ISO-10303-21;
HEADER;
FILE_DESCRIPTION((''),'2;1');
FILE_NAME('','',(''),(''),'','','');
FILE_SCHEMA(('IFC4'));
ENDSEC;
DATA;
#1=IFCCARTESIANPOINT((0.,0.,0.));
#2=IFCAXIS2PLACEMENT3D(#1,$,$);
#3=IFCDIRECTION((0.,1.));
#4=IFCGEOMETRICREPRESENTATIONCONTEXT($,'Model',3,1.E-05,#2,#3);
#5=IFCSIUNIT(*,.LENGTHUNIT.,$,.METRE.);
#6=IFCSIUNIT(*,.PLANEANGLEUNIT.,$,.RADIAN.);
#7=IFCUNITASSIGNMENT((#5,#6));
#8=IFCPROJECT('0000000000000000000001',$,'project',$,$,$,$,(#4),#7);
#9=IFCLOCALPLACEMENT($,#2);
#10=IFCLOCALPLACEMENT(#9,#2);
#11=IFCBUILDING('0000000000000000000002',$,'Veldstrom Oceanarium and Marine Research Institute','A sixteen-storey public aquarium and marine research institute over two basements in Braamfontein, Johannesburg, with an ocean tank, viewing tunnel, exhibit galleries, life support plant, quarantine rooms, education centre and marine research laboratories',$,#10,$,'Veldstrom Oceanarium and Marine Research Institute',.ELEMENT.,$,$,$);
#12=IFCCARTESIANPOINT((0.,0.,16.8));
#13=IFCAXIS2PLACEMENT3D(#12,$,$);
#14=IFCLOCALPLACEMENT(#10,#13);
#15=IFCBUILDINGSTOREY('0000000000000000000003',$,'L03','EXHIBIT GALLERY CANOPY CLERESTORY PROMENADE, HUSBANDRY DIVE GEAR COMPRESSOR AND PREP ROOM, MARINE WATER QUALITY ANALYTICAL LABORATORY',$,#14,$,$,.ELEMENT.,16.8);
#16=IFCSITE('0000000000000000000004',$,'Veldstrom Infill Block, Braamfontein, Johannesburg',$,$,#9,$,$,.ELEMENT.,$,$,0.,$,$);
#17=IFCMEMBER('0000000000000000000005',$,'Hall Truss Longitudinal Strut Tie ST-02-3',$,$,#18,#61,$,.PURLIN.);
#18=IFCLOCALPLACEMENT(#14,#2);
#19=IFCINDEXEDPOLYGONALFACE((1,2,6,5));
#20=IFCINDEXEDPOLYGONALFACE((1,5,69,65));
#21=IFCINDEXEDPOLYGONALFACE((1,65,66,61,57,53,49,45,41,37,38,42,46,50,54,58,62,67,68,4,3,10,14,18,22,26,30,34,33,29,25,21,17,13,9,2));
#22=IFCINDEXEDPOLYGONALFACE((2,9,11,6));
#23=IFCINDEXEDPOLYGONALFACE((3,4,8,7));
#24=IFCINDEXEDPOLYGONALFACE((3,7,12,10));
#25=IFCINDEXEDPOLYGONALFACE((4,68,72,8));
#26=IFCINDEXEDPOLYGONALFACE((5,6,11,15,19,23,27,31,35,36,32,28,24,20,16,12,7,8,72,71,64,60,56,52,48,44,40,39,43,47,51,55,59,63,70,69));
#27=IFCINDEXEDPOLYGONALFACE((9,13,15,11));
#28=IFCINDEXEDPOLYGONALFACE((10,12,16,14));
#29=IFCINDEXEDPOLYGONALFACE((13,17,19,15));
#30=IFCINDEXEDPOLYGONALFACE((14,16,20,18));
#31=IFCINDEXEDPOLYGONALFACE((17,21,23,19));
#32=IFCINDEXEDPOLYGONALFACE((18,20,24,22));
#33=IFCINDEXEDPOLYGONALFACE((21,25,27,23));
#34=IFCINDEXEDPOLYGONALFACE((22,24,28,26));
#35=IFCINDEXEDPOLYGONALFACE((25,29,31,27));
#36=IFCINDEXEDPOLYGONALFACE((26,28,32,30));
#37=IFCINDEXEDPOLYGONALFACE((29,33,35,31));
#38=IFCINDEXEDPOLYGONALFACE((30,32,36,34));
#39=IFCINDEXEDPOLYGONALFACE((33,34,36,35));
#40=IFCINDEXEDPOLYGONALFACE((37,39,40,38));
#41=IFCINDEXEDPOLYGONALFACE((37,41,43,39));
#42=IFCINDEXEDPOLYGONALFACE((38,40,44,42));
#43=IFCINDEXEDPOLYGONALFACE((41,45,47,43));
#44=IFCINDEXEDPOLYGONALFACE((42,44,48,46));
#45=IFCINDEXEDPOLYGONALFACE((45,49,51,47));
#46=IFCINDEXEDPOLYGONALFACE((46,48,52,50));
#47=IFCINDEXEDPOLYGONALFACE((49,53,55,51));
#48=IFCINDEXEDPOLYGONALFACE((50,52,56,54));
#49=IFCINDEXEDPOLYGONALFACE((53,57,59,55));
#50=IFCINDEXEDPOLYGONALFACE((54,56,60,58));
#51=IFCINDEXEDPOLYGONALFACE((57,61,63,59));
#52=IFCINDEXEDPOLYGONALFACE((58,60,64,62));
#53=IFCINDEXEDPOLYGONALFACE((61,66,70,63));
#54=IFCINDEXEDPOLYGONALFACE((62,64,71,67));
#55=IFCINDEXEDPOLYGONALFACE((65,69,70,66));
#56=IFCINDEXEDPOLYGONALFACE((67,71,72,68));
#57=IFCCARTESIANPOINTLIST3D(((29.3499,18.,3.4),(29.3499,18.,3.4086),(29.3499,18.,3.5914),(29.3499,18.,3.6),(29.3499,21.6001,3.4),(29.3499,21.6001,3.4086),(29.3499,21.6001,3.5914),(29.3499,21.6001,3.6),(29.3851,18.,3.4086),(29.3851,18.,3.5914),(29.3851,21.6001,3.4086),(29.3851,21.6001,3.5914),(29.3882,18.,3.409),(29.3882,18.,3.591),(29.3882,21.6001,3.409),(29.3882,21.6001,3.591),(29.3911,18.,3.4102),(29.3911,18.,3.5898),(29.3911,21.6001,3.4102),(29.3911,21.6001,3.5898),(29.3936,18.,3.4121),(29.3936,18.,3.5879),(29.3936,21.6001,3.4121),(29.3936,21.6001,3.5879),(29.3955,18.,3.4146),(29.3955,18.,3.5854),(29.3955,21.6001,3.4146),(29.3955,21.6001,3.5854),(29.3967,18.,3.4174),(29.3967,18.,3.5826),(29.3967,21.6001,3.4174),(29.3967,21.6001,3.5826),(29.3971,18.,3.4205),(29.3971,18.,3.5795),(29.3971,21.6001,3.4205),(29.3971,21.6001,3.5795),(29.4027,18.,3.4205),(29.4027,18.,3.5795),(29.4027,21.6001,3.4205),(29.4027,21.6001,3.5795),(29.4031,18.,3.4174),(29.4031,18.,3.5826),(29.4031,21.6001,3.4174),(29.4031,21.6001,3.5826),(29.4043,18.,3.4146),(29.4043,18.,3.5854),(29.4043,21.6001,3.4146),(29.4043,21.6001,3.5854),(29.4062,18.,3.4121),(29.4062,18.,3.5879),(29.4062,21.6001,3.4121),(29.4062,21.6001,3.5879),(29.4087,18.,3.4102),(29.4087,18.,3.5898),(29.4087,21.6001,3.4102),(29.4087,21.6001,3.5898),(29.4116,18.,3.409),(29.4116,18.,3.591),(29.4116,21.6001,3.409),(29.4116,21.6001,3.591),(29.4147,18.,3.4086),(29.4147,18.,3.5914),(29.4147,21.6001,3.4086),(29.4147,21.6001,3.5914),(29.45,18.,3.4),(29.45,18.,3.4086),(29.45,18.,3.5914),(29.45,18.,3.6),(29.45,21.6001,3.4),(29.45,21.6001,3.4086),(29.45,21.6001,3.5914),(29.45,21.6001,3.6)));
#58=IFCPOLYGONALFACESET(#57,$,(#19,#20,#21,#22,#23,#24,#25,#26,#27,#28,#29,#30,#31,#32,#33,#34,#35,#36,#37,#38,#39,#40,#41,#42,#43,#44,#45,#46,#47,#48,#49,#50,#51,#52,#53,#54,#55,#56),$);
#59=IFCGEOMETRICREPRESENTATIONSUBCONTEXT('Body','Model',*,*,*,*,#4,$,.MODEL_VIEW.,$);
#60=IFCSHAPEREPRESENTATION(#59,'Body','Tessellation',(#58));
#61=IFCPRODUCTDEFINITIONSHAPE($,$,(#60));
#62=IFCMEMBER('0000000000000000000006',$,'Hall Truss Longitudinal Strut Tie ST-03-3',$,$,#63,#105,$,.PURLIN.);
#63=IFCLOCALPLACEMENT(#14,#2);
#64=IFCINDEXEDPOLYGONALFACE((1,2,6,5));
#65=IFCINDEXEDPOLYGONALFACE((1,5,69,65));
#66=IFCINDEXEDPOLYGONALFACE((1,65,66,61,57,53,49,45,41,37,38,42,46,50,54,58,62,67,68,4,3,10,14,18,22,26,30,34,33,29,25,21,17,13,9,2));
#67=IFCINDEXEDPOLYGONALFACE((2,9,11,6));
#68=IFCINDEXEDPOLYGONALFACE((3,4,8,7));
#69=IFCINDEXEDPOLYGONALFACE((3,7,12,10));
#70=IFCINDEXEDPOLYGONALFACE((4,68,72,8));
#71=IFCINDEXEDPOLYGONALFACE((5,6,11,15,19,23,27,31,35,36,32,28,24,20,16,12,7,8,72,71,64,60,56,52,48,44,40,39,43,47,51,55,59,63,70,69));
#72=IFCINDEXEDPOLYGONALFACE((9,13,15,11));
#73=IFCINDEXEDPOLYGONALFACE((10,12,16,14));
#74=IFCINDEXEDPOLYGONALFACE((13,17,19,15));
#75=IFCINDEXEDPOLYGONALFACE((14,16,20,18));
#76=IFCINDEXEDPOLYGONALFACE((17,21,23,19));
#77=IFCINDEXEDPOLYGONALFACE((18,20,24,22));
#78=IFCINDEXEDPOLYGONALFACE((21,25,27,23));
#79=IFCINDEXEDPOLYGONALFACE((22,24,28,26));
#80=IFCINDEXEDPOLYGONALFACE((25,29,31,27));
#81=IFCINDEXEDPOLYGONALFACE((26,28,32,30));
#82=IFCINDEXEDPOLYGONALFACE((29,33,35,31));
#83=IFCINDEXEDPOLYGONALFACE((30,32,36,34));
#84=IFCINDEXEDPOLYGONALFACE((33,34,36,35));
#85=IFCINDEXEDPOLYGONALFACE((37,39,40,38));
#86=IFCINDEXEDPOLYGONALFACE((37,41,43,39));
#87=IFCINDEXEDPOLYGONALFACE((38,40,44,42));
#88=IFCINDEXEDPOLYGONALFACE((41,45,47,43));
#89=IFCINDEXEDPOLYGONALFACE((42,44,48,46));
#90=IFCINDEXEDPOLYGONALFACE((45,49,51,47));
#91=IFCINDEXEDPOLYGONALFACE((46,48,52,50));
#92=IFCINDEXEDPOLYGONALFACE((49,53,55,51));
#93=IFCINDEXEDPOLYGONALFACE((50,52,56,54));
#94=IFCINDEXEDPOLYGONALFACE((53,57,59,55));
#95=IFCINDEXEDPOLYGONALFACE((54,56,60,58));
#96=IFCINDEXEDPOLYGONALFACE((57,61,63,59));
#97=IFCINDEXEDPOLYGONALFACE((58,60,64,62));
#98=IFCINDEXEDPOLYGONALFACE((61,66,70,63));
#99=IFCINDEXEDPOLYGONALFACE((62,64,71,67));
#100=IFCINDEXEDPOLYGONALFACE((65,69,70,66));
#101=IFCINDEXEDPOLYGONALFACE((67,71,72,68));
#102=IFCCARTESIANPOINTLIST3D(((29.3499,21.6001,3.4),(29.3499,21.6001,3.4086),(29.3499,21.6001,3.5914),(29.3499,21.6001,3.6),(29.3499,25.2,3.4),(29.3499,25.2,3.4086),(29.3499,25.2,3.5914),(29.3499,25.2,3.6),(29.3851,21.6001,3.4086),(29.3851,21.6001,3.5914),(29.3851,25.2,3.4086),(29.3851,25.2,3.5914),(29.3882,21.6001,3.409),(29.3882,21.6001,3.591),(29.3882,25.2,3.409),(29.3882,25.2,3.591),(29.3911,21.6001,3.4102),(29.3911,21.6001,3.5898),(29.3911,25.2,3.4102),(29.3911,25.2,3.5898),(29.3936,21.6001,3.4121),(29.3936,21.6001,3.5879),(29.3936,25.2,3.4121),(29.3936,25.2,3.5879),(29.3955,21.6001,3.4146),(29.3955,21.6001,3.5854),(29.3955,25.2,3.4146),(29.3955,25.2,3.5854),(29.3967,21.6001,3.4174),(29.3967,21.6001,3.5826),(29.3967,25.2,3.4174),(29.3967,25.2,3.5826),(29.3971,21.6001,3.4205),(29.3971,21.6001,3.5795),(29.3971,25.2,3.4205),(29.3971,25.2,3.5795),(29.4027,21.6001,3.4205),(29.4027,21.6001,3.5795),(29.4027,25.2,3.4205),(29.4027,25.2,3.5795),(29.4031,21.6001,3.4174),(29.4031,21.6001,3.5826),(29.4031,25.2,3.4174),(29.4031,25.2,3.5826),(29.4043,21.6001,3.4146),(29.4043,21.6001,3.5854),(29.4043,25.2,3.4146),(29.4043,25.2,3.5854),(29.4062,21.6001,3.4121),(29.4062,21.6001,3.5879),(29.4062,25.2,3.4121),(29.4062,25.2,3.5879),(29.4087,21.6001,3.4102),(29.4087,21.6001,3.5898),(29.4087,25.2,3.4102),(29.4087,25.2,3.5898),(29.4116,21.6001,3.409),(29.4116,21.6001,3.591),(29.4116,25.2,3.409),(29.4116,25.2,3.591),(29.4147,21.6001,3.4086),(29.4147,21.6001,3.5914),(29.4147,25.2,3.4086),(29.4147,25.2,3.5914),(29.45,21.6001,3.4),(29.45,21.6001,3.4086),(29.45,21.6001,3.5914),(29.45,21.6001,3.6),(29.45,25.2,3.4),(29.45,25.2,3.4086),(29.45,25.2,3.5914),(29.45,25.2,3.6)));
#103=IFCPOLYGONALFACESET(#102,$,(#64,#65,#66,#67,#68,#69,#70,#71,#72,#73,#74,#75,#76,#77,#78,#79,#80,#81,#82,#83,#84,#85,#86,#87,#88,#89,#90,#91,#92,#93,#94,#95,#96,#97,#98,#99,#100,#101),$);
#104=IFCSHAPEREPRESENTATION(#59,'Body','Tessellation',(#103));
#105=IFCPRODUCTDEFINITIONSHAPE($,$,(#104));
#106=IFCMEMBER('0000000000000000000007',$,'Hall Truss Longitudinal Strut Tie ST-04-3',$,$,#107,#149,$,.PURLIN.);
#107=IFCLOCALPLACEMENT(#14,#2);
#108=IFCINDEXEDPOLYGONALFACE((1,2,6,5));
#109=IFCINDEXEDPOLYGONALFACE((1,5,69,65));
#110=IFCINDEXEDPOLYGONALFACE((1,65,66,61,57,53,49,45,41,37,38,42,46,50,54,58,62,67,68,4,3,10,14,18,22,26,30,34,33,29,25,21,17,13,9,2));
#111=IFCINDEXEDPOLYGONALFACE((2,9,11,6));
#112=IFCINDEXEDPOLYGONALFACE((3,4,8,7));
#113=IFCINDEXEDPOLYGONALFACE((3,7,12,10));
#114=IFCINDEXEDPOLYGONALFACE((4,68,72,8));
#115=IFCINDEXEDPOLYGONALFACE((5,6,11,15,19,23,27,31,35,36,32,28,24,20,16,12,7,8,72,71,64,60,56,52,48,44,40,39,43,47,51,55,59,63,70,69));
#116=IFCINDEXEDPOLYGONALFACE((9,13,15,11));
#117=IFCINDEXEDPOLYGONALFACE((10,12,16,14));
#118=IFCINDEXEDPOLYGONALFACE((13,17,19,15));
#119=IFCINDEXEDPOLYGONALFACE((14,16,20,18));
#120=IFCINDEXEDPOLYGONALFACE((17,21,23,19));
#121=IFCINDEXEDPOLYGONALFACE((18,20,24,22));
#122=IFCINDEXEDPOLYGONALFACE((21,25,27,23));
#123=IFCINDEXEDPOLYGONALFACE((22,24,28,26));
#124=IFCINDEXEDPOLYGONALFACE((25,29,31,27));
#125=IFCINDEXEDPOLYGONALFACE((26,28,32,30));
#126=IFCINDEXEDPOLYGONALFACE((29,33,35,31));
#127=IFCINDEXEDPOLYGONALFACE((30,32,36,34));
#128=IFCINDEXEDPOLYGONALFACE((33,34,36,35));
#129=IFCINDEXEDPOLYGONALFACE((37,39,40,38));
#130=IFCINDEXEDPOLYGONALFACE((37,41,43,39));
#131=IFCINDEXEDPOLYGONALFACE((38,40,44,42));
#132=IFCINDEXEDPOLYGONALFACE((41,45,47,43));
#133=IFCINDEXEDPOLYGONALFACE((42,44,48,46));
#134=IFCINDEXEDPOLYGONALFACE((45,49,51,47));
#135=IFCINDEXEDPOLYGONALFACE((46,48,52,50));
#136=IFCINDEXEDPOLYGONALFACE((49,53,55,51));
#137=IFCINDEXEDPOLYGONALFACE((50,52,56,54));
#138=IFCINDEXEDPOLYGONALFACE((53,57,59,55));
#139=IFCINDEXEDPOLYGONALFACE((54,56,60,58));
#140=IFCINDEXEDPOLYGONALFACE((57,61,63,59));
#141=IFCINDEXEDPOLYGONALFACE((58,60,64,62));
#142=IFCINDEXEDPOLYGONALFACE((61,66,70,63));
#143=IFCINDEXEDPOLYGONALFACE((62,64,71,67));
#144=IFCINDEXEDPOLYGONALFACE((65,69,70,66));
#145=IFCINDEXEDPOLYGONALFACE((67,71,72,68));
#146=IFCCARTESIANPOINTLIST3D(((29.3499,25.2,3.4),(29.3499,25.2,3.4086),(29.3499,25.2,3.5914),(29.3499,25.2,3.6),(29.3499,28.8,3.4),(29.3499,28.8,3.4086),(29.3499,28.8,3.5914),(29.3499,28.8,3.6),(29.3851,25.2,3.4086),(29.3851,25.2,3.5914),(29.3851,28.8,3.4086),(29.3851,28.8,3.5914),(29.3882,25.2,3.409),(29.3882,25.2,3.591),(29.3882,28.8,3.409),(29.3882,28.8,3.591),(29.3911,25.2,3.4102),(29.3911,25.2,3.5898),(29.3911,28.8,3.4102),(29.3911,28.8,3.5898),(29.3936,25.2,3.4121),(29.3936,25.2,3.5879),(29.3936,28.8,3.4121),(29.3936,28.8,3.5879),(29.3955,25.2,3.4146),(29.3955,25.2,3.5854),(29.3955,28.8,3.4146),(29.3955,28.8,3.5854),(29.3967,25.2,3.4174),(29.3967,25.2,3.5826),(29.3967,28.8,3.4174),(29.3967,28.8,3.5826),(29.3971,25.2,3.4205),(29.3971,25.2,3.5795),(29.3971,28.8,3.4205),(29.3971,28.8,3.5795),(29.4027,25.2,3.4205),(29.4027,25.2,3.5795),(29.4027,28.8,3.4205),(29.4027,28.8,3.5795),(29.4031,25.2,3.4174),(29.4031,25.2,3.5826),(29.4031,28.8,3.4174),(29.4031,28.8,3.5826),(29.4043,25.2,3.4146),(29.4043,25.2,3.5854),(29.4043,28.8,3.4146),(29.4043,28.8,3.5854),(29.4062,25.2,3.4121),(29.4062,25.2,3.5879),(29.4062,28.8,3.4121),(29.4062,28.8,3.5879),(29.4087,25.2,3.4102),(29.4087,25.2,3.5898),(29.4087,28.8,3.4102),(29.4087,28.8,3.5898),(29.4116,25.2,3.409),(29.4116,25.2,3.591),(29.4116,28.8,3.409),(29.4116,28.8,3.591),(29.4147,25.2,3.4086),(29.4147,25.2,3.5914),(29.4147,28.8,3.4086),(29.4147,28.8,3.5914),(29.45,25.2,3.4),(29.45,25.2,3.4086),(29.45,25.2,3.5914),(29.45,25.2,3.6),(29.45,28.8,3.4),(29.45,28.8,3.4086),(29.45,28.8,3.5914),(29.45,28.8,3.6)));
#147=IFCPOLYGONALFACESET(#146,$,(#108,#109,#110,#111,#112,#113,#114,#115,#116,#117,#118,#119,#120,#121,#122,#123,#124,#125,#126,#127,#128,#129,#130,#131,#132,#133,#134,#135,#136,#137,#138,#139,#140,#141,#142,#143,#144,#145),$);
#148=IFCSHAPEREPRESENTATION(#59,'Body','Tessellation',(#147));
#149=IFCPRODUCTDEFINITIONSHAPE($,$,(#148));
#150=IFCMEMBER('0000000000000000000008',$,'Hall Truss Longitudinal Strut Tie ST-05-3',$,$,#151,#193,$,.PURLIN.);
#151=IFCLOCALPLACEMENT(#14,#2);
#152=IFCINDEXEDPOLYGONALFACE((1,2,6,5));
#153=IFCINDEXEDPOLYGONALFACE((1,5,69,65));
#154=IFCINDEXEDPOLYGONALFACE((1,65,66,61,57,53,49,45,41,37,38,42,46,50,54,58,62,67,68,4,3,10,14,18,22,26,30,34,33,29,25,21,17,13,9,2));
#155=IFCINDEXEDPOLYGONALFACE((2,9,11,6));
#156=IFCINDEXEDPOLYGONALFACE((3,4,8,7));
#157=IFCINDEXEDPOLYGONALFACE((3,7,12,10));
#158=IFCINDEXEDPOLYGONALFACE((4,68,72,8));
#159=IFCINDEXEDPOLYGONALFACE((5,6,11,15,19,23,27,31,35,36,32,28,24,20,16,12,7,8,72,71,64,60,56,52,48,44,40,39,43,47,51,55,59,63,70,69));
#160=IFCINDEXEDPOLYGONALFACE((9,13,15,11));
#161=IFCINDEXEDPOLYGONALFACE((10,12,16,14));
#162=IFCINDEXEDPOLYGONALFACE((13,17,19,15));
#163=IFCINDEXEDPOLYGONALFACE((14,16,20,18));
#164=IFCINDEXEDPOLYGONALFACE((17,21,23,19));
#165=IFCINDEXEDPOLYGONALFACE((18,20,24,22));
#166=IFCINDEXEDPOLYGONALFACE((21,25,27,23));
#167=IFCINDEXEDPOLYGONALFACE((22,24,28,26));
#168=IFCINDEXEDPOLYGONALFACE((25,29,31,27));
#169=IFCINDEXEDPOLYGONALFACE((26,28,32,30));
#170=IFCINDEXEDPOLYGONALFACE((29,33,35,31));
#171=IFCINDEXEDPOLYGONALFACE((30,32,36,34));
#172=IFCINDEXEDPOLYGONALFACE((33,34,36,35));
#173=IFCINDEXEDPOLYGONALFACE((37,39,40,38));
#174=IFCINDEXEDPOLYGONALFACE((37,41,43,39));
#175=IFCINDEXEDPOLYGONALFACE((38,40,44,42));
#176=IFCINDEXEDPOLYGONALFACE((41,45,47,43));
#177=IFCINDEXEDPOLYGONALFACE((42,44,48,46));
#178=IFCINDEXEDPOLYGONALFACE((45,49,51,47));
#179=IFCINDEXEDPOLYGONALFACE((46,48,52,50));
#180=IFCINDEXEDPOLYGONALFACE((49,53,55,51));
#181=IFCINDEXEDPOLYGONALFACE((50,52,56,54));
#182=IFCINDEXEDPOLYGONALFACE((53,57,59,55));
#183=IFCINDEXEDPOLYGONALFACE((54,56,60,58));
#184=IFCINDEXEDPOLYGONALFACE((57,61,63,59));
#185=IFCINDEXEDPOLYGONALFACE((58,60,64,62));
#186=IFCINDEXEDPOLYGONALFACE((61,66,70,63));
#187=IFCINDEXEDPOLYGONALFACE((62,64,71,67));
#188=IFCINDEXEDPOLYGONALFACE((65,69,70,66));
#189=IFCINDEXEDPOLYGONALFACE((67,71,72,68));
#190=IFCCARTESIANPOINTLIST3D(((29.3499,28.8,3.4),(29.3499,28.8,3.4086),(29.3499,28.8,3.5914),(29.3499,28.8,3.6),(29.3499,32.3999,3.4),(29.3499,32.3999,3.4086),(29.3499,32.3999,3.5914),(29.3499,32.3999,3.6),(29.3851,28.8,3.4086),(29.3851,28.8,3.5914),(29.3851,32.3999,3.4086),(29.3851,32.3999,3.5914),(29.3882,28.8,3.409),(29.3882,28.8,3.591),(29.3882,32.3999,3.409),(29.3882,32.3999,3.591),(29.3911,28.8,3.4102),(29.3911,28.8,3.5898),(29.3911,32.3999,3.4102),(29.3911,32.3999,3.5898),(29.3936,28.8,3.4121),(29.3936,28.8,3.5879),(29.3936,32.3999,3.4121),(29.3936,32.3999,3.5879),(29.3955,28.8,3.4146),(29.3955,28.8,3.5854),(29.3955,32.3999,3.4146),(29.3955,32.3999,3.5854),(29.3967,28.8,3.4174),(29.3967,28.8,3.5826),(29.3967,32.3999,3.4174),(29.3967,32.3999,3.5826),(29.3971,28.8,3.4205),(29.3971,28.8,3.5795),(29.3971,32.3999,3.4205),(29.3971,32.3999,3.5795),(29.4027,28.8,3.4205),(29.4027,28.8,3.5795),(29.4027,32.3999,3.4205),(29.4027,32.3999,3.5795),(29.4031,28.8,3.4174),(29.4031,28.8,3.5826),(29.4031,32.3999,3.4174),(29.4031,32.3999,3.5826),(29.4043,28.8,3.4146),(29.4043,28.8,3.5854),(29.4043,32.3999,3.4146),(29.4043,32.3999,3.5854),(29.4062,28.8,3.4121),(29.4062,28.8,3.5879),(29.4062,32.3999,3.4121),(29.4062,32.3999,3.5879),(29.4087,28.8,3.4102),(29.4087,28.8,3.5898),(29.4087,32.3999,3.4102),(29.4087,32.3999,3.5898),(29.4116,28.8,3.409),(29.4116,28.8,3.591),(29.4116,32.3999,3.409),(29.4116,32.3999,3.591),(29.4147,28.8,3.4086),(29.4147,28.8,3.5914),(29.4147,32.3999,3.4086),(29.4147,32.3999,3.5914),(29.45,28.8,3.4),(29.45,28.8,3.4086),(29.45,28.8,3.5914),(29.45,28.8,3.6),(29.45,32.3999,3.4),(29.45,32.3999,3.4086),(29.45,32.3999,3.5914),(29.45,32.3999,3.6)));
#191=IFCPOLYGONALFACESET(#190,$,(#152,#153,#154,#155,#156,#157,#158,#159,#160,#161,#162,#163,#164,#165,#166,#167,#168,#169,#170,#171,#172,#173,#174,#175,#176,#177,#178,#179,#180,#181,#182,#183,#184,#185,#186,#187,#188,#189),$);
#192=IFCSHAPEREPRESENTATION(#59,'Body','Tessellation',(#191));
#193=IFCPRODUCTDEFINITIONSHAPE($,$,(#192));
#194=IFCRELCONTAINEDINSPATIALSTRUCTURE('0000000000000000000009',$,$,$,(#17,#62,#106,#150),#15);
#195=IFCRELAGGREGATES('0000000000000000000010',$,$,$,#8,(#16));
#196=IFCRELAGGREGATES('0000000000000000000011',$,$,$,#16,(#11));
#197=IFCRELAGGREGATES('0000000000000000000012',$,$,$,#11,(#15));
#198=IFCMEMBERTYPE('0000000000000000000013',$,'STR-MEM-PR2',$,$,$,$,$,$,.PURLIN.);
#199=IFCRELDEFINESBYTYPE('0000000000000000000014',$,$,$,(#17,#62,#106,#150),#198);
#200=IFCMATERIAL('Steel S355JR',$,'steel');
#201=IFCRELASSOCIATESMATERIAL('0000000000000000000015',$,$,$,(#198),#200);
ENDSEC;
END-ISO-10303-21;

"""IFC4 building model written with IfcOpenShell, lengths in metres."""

from ifc_helpers import new_model, si_unit, direction, frame, origin, origin_2d, place, context, subcontext, project, spatial, i_section, extrude, material, material_profile, profile_set, type_object, element, save


model = new_model("IFC4")

# Units and contexts
model_context = context("Model", 3, precision=1e-05, world=origin(), true_north=direction((0.0, 1.0)))
body_context = subcontext(model_context, "Body", "Model", "MODEL_VIEW")
ifc_project = project(units=[si_unit("LENGTHUNIT", "METRE"), si_unit("PLANEANGLEUNIT", "RADIAN")], contexts=[model_context])

# Site, building, storey
site_placement = place(None, origin())
site = spatial("IfcSite", under=ifc_project, at=site_placement, Name="Veldstrom Infill Block, Braamfontein, Johannesburg", CompositionType="ELEMENT", RefElevation=0.0)
building_placement = place(site_placement, origin())
building = spatial("IfcBuilding", under=site, at=building_placement, Name="Veldstrom Oceanarium and Marine Research Institute", Description="A sixteen-storey public aquarium and marine research institute over two basements in Braamfontein, Johannesburg, with an ocean tank, viewing tunnel, exhibit galleries, life support plant, quarantine rooms, education centre and marine research laboratories", LongName="Veldstrom Oceanarium and Marine Research Institute", CompositionType="ELEMENT")
storey_placement = place(building_placement, frame((0.0, 0.0, 16.8)))
storey = spatial("IfcBuildingStorey", under=building, at=storey_placement, Name="L03", Description="EXHIBIT GALLERY CANOPY CLERESTORY PROMENADE, HUSBANDRY DIVE GEAR COMPRESSOR AND PREP ROOM, MARINE WATER QUALITY ANALYTICAL LABORATORY", CompositionType="ELEMENT", Elevation=16.8)

# Members
ifc_material_1 = material(Name="Steel S355JR", Category="steel")
ifc_material_profile_1 = material_profile(ifc_material_1, i_section(OverallWidth=0.1001, OverallDepth=0.2, WebThickness=0.0056, FlangeThickness=0.0085, FilletRadius=0.012, at=origin_2d()), Name="IPE 200")
ifc_profile_set_1 = profile_set([ifc_material_profile_1], Name="Steel S355JR")
member_type_1 = type_object("IfcMemberType", Name="STR-MEM-PR2", PredefinedType="PURLIN", material=ifc_profile_set_1)
member_1_placement = place(storey_placement, frame((29.3999, 18.0, 3.5), z_axis=(0.0, 1.0, 0.0), x_axis=(-1.0, 0.0, 0.0)))
element("IfcMember", 1, at=member_1_placement, inside=storey, type_object=member_type_1, Name="Hall Truss Longitudinal Strut Tie ST-02-3", PredefinedType="PURLIN", context=body_context, shape_type="SweptSolid", body=[
    extrude(i_section(OverallWidth=0.1001, OverallDepth=0.2, WebThickness=0.0056, FlangeThickness=0.0085, FilletRadius=0.012, at=origin_2d()), origin(), (0.0, 0.0, 1.0), 3.6001),
])
member_2_placement = place(storey_placement, frame((29.3999, 21.6001, 3.5), z_axis=(0.0, 1.0, 0.0), x_axis=(-1.0, 0.0, 0.0)))
element("IfcMember", 2, at=member_2_placement, inside=storey, type_object=member_type_1, Name="Hall Truss Longitudinal Strut Tie ST-03-3", PredefinedType="PURLIN", context=body_context, shape_type="SweptSolid", body=[
    extrude(i_section(OverallWidth=0.1001, OverallDepth=0.2, WebThickness=0.0056, FlangeThickness=0.0085, FilletRadius=0.012, at=origin_2d()), origin(), (0.0, 0.0, 1.0), 3.5999),
])
member_3_placement = place(storey_placement, frame((29.3999, 25.2, 3.5), z_axis=(0.0, 1.0, 0.0), x_axis=(-1.0, 0.0, 0.0)))
element("IfcMember", 3, at=member_3_placement, inside=storey, type_object=member_type_1, Name="Hall Truss Longitudinal Strut Tie ST-04-3", PredefinedType="PURLIN", context=body_context, shape_type="SweptSolid", body=[
    extrude(i_section(OverallWidth=0.1001, OverallDepth=0.2, WebThickness=0.0056, FlangeThickness=0.0085, FilletRadius=0.012, at=origin_2d()), origin(), (0.0, 0.0, 1.0), 3.6001),
])
member_4_placement = place(storey_placement, frame((29.3999, 28.8, 3.5), z_axis=(0.0, 1.0, 0.0), x_axis=(-1.0, 0.0, 0.0)))
element("IfcMember", 4, at=member_4_placement, inside=storey, type_object=member_type_1, Name="Hall Truss Longitudinal Strut Tie ST-05-3", PredefinedType="PURLIN", context=body_context, shape_type="SweptSolid", body=[
    extrude(i_section(OverallWidth=0.1001, OverallDepth=0.2, WebThickness=0.0056, FlangeThickness=0.0085, FilletRadius=0.012, at=origin_2d()), origin(), (0.0, 0.0, 1.0), 3.5999),
])

save(model, "model.ifc")
